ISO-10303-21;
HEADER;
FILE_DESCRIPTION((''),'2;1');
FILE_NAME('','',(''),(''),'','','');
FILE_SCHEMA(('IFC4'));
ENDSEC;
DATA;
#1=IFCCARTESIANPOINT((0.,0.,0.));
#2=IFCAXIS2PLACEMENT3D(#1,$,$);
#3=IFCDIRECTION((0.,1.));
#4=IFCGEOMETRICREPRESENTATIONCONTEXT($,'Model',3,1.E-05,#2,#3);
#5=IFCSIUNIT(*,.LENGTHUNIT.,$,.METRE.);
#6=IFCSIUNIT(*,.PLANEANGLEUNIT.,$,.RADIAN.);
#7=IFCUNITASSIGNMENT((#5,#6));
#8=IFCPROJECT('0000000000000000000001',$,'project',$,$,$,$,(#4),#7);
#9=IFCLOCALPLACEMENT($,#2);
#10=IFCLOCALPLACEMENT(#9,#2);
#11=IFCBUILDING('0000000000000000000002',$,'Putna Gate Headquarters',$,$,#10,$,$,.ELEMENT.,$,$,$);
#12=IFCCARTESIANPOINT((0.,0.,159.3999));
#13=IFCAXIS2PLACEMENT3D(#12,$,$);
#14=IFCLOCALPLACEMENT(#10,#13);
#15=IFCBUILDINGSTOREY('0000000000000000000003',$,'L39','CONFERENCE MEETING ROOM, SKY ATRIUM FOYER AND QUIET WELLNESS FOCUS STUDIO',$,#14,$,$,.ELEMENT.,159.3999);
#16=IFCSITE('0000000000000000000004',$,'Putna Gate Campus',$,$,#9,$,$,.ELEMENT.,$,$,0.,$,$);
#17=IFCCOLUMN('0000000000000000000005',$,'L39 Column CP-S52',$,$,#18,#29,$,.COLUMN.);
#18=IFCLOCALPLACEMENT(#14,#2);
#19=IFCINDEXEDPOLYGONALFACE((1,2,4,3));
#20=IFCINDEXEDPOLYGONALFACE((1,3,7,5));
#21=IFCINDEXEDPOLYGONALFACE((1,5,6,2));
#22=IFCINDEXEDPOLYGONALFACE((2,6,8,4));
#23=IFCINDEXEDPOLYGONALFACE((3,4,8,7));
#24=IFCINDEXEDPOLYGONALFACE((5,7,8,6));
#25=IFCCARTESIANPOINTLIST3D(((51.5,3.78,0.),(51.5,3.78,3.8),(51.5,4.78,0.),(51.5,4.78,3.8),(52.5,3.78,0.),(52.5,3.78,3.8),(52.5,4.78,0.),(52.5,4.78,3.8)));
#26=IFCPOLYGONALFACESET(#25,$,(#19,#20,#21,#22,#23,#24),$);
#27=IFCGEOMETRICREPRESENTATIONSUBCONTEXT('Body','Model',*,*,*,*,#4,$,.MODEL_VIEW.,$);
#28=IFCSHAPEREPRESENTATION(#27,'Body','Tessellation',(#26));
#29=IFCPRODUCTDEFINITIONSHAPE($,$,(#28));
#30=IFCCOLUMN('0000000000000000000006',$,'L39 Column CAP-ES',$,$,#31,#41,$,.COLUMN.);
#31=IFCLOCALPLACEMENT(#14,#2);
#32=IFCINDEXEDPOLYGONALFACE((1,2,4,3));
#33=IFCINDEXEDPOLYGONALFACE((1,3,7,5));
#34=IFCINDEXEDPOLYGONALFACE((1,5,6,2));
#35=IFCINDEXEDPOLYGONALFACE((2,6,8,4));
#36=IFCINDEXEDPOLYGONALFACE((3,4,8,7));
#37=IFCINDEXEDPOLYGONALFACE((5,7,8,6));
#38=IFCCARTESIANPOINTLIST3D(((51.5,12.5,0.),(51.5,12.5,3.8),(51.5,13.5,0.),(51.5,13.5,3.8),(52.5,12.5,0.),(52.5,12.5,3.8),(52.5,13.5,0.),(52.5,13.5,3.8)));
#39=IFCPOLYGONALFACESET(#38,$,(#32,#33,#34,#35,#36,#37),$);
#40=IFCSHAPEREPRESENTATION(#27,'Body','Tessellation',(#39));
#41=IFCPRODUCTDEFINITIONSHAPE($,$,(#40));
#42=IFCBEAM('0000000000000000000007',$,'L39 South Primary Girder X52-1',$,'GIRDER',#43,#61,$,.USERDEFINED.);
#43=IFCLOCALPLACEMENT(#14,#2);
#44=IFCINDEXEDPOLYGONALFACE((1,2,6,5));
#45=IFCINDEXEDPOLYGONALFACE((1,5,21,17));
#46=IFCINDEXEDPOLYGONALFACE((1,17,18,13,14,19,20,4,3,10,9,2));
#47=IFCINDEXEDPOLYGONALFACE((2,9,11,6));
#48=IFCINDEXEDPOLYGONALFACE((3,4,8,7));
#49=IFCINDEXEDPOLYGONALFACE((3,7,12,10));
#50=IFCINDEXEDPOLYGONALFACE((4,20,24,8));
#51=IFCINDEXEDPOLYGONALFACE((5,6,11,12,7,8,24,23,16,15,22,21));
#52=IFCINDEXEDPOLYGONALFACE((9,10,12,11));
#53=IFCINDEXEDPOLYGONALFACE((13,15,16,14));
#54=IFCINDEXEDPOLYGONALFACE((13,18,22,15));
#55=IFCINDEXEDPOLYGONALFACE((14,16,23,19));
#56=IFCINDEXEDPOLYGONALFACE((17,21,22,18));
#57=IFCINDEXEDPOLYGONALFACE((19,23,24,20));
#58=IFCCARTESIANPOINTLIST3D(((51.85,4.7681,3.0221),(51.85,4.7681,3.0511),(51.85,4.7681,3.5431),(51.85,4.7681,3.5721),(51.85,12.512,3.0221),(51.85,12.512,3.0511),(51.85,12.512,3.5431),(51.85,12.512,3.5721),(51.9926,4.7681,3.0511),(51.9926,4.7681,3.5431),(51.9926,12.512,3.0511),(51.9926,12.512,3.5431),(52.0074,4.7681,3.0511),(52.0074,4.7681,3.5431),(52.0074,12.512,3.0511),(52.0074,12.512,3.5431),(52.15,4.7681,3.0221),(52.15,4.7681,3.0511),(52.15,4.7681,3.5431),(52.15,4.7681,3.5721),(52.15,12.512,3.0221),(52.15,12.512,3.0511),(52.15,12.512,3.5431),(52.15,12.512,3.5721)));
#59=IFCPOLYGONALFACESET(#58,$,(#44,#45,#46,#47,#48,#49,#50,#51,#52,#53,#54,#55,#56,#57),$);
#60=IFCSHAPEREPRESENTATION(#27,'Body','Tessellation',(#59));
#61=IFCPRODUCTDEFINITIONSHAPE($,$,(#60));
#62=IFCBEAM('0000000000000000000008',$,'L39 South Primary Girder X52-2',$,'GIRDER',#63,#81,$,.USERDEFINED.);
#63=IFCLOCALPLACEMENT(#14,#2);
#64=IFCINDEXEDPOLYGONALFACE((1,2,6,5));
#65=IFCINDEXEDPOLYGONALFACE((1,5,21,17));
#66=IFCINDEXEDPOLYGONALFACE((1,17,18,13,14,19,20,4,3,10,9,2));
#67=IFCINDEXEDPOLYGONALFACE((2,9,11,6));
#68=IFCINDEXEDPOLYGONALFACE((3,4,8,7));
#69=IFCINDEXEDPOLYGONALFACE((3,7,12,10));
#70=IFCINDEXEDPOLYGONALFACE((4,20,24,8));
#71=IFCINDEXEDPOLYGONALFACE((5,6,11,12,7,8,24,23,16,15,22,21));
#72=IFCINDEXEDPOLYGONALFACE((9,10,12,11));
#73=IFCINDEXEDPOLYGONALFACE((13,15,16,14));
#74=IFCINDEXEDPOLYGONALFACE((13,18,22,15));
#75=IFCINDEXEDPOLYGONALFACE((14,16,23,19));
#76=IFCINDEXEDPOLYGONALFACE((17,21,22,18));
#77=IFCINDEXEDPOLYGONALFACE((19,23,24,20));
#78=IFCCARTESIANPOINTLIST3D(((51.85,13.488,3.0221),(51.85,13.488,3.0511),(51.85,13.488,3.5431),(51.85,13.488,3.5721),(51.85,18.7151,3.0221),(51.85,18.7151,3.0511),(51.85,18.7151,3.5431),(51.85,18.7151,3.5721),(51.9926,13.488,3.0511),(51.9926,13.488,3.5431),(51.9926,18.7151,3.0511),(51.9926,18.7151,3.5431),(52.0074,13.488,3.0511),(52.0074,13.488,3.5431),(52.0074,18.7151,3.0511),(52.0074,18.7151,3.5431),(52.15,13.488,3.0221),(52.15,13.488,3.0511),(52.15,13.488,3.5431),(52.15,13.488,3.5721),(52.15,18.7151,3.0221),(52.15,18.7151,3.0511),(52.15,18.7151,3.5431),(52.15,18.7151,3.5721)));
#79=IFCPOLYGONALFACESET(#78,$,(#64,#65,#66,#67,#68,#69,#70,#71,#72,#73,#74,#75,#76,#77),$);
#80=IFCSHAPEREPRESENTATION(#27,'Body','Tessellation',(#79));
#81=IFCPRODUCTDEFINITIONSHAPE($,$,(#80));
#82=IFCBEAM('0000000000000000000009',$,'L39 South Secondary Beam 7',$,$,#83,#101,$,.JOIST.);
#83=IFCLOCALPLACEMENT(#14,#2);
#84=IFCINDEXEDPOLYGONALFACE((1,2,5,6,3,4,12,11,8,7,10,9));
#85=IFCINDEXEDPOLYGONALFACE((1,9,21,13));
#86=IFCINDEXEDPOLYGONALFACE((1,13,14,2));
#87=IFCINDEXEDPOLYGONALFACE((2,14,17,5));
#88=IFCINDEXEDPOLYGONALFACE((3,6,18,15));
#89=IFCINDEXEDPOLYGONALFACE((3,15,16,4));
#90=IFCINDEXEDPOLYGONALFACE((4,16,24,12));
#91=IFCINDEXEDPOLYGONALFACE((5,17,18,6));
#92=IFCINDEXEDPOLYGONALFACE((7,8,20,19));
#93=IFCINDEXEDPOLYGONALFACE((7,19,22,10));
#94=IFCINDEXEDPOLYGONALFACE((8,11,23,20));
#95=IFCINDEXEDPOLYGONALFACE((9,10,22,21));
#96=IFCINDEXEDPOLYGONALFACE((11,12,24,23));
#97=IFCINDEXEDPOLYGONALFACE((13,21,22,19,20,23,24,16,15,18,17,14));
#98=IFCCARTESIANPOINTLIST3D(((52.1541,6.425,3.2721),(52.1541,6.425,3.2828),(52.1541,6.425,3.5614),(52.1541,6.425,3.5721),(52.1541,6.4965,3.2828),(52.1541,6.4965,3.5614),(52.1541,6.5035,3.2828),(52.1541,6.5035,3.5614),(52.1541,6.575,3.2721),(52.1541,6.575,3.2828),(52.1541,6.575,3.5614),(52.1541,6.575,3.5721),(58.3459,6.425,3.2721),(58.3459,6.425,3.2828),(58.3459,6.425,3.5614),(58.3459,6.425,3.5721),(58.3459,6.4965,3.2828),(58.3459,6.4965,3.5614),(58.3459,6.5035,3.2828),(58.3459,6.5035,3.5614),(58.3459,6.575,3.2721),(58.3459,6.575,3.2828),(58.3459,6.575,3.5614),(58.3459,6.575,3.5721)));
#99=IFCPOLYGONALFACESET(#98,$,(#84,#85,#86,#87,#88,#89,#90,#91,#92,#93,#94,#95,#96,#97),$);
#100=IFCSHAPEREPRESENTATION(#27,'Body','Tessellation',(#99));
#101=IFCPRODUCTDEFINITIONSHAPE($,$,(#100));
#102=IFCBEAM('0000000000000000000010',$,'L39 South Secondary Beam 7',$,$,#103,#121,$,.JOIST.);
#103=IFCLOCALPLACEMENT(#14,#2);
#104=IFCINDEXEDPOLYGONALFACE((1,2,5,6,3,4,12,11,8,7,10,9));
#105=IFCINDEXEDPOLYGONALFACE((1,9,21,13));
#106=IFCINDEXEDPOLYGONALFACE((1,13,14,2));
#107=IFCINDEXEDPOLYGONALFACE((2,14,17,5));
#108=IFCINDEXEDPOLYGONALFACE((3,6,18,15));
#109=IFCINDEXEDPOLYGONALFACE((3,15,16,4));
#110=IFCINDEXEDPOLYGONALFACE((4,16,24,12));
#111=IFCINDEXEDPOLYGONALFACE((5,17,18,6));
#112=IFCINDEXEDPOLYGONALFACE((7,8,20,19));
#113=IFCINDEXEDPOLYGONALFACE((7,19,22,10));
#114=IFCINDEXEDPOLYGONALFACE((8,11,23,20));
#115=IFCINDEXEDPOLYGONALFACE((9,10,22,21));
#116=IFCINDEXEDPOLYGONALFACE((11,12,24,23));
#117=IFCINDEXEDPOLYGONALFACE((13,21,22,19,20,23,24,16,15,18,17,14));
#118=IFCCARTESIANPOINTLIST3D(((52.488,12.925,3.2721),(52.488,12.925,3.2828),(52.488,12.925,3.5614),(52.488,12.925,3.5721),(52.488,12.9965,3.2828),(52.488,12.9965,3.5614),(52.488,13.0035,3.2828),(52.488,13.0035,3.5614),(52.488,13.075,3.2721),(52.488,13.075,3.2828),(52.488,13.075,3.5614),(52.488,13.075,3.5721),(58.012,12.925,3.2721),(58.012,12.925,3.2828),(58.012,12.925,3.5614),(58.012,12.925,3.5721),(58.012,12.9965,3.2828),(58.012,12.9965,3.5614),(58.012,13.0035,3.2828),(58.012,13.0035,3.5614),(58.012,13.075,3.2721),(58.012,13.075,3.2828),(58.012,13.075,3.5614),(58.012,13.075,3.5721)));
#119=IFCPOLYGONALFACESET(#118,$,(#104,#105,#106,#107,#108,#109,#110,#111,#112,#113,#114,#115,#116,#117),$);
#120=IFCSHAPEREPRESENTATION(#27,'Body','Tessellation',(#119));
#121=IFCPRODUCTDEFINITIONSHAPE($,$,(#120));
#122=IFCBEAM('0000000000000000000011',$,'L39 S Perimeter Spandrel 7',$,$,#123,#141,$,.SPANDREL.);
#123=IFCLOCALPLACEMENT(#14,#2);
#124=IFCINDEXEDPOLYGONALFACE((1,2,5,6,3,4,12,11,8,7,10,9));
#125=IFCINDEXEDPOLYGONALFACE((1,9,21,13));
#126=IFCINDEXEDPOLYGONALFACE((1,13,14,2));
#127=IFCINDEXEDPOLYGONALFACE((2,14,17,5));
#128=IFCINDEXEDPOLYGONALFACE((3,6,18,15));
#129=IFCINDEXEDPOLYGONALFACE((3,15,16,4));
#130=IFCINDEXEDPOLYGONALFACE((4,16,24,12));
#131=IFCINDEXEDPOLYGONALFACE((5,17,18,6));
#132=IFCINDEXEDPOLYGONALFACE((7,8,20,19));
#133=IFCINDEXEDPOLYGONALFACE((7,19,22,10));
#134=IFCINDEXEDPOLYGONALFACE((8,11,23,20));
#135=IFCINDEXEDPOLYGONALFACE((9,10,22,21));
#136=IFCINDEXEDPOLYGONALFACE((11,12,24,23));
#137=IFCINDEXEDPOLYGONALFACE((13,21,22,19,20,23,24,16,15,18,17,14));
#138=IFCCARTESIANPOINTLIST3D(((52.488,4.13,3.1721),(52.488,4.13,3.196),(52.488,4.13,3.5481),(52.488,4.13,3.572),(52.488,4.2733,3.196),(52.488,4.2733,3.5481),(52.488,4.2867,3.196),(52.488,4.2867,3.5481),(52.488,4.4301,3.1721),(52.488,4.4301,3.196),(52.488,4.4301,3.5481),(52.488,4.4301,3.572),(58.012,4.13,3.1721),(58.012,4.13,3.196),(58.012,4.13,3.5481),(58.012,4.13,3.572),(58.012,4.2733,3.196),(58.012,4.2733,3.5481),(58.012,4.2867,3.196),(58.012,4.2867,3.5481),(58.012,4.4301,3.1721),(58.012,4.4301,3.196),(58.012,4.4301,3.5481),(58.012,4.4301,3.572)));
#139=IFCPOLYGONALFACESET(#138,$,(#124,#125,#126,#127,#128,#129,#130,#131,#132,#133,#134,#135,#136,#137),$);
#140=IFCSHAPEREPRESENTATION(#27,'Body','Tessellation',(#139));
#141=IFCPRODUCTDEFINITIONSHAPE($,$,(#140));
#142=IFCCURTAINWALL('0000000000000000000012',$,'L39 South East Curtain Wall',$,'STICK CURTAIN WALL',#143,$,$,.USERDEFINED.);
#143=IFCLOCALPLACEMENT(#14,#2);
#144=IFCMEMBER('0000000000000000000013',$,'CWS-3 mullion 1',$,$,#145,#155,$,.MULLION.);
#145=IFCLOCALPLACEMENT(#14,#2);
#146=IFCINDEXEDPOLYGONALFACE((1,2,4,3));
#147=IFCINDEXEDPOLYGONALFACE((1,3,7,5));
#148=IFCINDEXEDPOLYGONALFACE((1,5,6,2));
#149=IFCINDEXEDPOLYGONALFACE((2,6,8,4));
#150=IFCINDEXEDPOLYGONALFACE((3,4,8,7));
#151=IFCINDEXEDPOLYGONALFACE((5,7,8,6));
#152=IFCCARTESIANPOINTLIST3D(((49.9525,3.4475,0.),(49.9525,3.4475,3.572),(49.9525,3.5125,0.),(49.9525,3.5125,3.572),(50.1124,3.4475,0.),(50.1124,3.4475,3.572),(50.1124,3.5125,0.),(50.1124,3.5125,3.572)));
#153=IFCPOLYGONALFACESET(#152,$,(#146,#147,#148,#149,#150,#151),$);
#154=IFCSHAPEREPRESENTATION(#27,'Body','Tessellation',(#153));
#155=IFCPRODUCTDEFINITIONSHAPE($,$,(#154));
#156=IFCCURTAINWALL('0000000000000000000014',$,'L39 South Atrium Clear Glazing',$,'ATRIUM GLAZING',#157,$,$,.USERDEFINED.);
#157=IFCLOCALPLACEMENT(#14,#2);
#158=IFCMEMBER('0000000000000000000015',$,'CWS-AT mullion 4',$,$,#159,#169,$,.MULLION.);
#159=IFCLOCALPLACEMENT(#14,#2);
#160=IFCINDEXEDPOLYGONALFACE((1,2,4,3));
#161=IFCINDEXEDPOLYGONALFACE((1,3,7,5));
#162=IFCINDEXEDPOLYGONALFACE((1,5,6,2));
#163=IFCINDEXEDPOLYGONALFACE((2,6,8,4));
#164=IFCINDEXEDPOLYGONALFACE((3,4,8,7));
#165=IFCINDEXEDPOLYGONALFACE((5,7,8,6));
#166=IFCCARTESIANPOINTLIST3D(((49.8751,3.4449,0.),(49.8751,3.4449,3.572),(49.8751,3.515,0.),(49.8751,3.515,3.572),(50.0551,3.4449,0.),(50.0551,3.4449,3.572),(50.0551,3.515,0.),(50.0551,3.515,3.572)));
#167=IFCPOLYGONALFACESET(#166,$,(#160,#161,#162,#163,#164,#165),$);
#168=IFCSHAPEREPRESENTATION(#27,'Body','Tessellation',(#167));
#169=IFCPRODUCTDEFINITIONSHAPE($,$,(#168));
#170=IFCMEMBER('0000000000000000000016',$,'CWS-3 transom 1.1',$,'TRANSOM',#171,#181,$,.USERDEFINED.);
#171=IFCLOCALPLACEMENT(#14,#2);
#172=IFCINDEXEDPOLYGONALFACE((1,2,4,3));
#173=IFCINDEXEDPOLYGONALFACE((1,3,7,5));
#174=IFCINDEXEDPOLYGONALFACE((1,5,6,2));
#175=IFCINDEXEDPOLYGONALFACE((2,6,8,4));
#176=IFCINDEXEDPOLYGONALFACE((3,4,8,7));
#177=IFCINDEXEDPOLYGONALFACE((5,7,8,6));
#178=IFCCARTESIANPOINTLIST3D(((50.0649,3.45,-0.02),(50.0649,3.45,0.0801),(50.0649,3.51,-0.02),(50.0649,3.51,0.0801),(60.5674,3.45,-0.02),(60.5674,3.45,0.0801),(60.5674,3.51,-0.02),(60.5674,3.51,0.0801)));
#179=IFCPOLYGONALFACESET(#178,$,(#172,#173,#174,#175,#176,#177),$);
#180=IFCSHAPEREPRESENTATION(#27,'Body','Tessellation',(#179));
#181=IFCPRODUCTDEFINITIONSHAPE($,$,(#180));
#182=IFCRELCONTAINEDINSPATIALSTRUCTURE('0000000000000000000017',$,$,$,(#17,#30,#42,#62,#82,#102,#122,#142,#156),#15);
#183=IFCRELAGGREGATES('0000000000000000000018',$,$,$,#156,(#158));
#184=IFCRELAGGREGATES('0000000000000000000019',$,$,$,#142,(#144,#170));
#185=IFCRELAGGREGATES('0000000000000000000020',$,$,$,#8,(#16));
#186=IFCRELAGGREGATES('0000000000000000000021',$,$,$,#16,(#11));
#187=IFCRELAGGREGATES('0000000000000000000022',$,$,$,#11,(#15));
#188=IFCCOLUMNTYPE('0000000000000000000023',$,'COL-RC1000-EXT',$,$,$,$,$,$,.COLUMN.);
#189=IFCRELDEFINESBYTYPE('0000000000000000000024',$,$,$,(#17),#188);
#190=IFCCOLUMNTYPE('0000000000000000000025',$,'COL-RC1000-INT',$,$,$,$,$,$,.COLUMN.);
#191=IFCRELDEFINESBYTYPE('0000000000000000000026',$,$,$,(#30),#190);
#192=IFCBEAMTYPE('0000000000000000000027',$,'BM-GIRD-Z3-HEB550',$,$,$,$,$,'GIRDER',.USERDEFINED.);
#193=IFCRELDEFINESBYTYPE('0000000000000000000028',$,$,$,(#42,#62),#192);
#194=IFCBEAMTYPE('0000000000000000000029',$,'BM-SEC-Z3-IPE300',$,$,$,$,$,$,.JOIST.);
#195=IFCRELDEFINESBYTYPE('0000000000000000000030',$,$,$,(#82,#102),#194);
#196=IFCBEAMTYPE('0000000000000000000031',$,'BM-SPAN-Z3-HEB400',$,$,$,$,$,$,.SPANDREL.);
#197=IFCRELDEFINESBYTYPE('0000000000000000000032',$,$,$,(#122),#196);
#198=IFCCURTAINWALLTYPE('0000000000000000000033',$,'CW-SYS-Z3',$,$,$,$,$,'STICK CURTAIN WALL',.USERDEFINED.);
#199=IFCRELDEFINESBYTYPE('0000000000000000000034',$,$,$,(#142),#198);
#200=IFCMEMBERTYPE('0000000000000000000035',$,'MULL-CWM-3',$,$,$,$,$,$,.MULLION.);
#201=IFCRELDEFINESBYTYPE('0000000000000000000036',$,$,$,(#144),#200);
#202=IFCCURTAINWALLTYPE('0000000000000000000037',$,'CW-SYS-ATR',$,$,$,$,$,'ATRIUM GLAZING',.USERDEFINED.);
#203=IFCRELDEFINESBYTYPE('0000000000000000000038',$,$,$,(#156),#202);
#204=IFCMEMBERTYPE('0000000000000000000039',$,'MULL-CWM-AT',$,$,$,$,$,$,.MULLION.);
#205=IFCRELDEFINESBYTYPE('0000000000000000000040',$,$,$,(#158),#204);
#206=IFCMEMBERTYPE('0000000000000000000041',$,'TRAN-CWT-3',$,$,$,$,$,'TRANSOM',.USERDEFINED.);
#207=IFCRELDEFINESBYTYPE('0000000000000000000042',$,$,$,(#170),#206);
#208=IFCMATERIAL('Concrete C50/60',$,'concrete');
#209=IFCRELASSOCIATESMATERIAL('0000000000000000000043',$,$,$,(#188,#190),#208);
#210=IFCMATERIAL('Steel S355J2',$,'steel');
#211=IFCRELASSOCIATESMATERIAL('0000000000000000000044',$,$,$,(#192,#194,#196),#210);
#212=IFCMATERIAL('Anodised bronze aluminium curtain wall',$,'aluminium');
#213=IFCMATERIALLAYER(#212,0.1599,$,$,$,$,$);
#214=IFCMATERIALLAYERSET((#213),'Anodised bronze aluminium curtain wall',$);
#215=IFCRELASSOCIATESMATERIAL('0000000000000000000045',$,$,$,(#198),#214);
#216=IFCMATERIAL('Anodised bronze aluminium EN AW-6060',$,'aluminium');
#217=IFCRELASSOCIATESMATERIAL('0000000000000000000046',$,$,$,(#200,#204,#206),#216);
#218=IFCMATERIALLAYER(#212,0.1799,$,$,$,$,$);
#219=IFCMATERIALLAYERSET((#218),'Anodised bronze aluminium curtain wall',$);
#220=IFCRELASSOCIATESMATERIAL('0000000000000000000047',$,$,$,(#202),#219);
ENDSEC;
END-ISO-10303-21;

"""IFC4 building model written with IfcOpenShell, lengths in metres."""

from ifc_helpers import new_model, si_unit, direction, frame, origin, origin_2d, place, context, subcontext, project, spatial, rectangle, i_section, extrude, material, layer, layer_set, material_profile, profile_set, type_object, element, aggregate, save


model = new_model("IFC4")

# Units and contexts
model_context = context("Model", 3, precision=1e-05, world=origin(), true_north=direction((0.0, 1.0)))
body_context = subcontext(model_context, "Body", "Model", "MODEL_VIEW")
ifc_project = project(units=[si_unit("LENGTHUNIT", "METRE"), si_unit("PLANEANGLEUNIT", "RADIAN")], contexts=[model_context])

# Site, building, storey
site_placement = place(None, origin())
site = spatial("IfcSite", under=ifc_project, at=site_placement, Name="Putna Gate Campus", CompositionType="ELEMENT", RefElevation=0.0)
building_placement = place(site_placement, origin())
building = spatial("IfcBuilding", under=site, at=building_placement, Name="Putna Gate Headquarters", CompositionType="ELEMENT")
storey_placement = place(building_placement, frame((0.0, 0.0, 159.3999)))
storey = spatial("IfcBuildingStorey", under=building, at=storey_placement, Name="L39", Description="CONFERENCE MEETING ROOM, SKY ATRIUM FOYER AND QUIET WELLNESS FOCUS STUDIO", CompositionType="ELEMENT", Elevation=159.3999)

# Columns
ifc_material_1 = material(Name="Concrete C50/60", Category="concrete")
ifc_material_profile_1 = material_profile(ifc_material_1, rectangle(XDim=1.0, YDim=1.0, at=origin_2d()), Name="Concrete C50/60")
ifc_profile_set_1 = profile_set([ifc_material_profile_1], Name="Concrete C50/60")
column_type_1 = type_object("IfcColumnType", Name="COL-RC1000-EXT", PredefinedType="COLUMN", material=ifc_profile_set_1)
column_1_placement = place(storey_placement, frame((52.0, 4.28, 0.0), z_axis=(0.0, 0.0, 1.0), x_axis=(1.0, 0.0, 0.0)))
element("IfcColumn", 1, at=column_1_placement, inside=storey, type_object=column_type_1, Name="L39 Column CP-S52", PredefinedType="COLUMN", context=body_context, shape_type="SweptSolid", body=[
    extrude(rectangle(XDim=1.0, YDim=1.0, at=origin_2d()), origin(), (0.0, 0.0, 1.0), 3.8),
])
ifc_material_profile_2 = material_profile(ifc_material_1, rectangle(XDim=1.0, YDim=1.0, at=origin_2d()), Name="Concrete C50/60")
ifc_profile_set_2 = profile_set([ifc_material_profile_2], Name="Concrete C50/60")
column_type_2 = type_object("IfcColumnType", Name="COL-RC1000-INT", PredefinedType="COLUMN", material=ifc_profile_set_2)
column_2_placement = place(storey_placement, frame((52.0, 13.0, 0.0), z_axis=(0.0, 0.0, 1.0), x_axis=(1.0, 0.0, 0.0)))
element("IfcColumn", 2, at=column_2_placement, inside=storey, type_object=column_type_2, Name="L39 Column CAP-ES", PredefinedType="COLUMN", context=body_context, shape_type="SweptSolid", body=[
    extrude(rectangle(XDim=1.0, YDim=1.0, at=origin_2d()), origin(), (0.0, 0.0, 1.0), 3.8),
])

# Beams
ifc_material_2 = material(Name="Steel S355J2", Category="steel")
ifc_material_profile_3 = material_profile(ifc_material_2, i_section(OverallWidth=0.3, OverallDepth=0.55, WebThickness=0.0149, FlangeThickness=0.0291, at=origin_2d()), Name="Steel S355J2")
ifc_profile_set_3 = profile_set([ifc_material_profile_3], Name="Steel S355J2")
beam_type_1 = type_object("IfcBeamType", Name="BM-GIRD-Z3-HEB550", ElementType="GIRDER", PredefinedType="USERDEFINED", material=ifc_profile_set_3)
beam_1_placement = place(storey_placement, frame((52.0, 4.7681, 3.2971), z_axis=(0.0, 1.0, 0.0), x_axis=(-1.0, 0.0, 0.0)))
element("IfcBeam", 3, at=beam_1_placement, inside=storey, type_object=beam_type_1, Name="L39 South Primary Girder X52-1", ObjectType="GIRDER", PredefinedType="USERDEFINED", context=body_context, shape_type="SweptSolid", body=[
    extrude(i_section(OverallWidth=0.3, OverallDepth=0.55, WebThickness=0.0149, FlangeThickness=0.0291, at=origin_2d()), origin(), (0.0, 0.0, 1.0), 7.7439),
])
beam_2_placement = place(storey_placement, frame((52.0, 13.488, 3.2971), z_axis=(0.0, 1.0, 0.0), x_axis=(-1.0, 0.0, 0.0)))
element("IfcBeam", 4, at=beam_2_placement, inside=storey, type_object=beam_type_1, Name="L39 South Primary Girder X52-2", ObjectType="GIRDER", PredefinedType="USERDEFINED", context=body_context, shape_type="SweptSolid", body=[
    extrude(i_section(OverallWidth=0.3, OverallDepth=0.55, WebThickness=0.0149, FlangeThickness=0.0291, at=origin_2d()), origin(), (0.0, 0.0, 1.0), 5.2271),
])
ifc_material_profile_4 = material_profile(ifc_material_2, i_section(OverallWidth=0.1499, OverallDepth=0.3, WebThickness=0.0071, FlangeThickness=0.0107, at=origin_2d()), Name="Steel S355J2")
ifc_profile_set_4 = profile_set([ifc_material_profile_4], Name="Steel S355J2")
beam_type_2 = type_object("IfcBeamType", Name="BM-SEC-Z3-IPE300", PredefinedType="JOIST", material=ifc_profile_set_4)
beam_3_placement = place(storey_placement, frame((52.1541, 6.5, 3.4221), z_axis=(1.0, 0.0, 0.0), x_axis=(0.0, 1.0, 0.0)))
element("IfcBeam", 5, at=beam_3_placement, inside=storey, type_object=beam_type_2, Name="L39 South Secondary Beam 7", PredefinedType="JOIST", context=body_context, shape_type="SweptSolid", body=[
    extrude(i_section(OverallWidth=0.1499, OverallDepth=0.3, WebThickness=0.0071, FlangeThickness=0.0107, at=origin_2d()), origin(), (0.0, 0.0, 1.0), 6.1919),
])
beam_4_placement = place(storey_placement, frame((52.488, 13.0, 3.4221), z_axis=(1.0, 0.0, 0.0), x_axis=(0.0, 1.0, 0.0)))
element("IfcBeam", 6, at=beam_4_placement, inside=storey, type_object=beam_type_2, Name="L39 South Secondary Beam 7", PredefinedType="JOIST", context=body_context, shape_type="SweptSolid", body=[
    extrude(i_section(OverallWidth=0.1499, OverallDepth=0.3, WebThickness=0.0071, FlangeThickness=0.0107, at=origin_2d()), origin(), (0.0, 0.0, 1.0), 5.5239),
])
ifc_material_profile_5 = material_profile(ifc_material_2, i_section(OverallWidth=0.3, OverallDepth=0.3999, WebThickness=0.0134, FlangeThickness=0.0239, at=origin_2d()), Name="Steel S355J2")
ifc_profile_set_5 = profile_set([ifc_material_profile_5], Name="Steel S355J2")
beam_type_3 = type_object("IfcBeamType", Name="BM-SPAN-Z3-HEB400", PredefinedType="SPANDREL", material=ifc_profile_set_5)
beam_5_placement = place(storey_placement, frame((52.488, 4.28, 3.3721), z_axis=(1.0, 0.0, 0.0), x_axis=(0.0, 1.0, 0.0)))
element("IfcBeam", 7, at=beam_5_placement, inside=storey, type_object=beam_type_3, Name="L39 S Perimeter Spandrel 7", PredefinedType="SPANDREL", context=body_context, shape_type="SweptSolid", body=[
    extrude(i_section(OverallWidth=0.3, OverallDepth=0.3999, WebThickness=0.0134, FlangeThickness=0.0239, at=origin_2d()), origin(), (0.0, 0.0, 1.0), 5.5239),
])

# Curtain walls, members
ifc_material_3 = material(Name="Anodised bronze aluminium curtain wall", Category="aluminium")
ifc_layer_1 = layer(ifc_material_3, 0.1599)
ifc_layer_set_1 = layer_set([ifc_layer_1], Name="Anodised bronze aluminium curtain wall")
curtain_wall_type_1 = type_object("IfcCurtainWallType", Name="CW-SYS-Z3", ElementType="STICK CURTAIN WALL", PredefinedType="USERDEFINED", material=ifc_layer_set_1)
curtain_wall_1_placement = place(storey_placement, origin())
curtain_wall_1 = element("IfcCurtainWall", 8, at=curtain_wall_1_placement, inside=storey, type_object=curtain_wall_type_1, Name="L39 South East Curtain Wall", ObjectType="STICK CURTAIN WALL", PredefinedType="USERDEFINED")
ifc_material_4 = material(Name="Anodised bronze aluminium EN AW-6060", Category="aluminium")
ifc_material_profile_6 = material_profile(ifc_material_4, rectangle(XDim=0.0649, YDim=0.1599, at=origin_2d()), Name="Anodised bronze aluminium EN AW-6060")
ifc_profile_set_6 = profile_set([ifc_material_profile_6], Name="Anodised bronze aluminium EN AW-6060")
member_type_1 = type_object("IfcMemberType", Name="MULL-CWM-3", PredefinedType="MULLION", material=ifc_profile_set_6)
member_1_placement = place(storey_placement, frame((50.0325, 3.48, 0.0), z_axis=(0.0, 0.0, 1.0), x_axis=(0.0, 1.0, 0.0)))
member_1 = element("IfcMember", 9, at=member_1_placement, type_object=member_type_1, Name="CWS-3 mullion 1", PredefinedType="MULLION", context=body_context, shape_type="SweptSolid", body=[
    extrude(rectangle(XDim=0.0649, YDim=0.1599, at=origin_2d()), origin(), (0.0, 0.0, 1.0), 3.572),
])
ifc_layer_2 = layer(ifc_material_3, 0.1799)
ifc_layer_set_2 = layer_set([ifc_layer_2], Name="Anodised bronze aluminium curtain wall")
curtain_wall_type_2 = type_object("IfcCurtainWallType", Name="CW-SYS-ATR", ElementType="ATRIUM GLAZING", PredefinedType="USERDEFINED", material=ifc_layer_set_2)
curtain_wall_2_placement = place(storey_placement, origin())
curtain_wall_2 = element("IfcCurtainWall", 10, at=curtain_wall_2_placement, inside=storey, type_object=curtain_wall_type_2, Name="L39 South Atrium Clear Glazing", ObjectType="ATRIUM GLAZING", PredefinedType="USERDEFINED")
ifc_material_profile_7 = material_profile(ifc_material_4, rectangle(XDim=0.0701, YDim=0.1799, at=origin_2d()), Name="Anodised bronze aluminium EN AW-6060")
ifc_profile_set_7 = profile_set([ifc_material_profile_7], Name="Anodised bronze aluminium EN AW-6060")
member_type_2 = type_object("IfcMemberType", Name="MULL-CWM-AT", PredefinedType="MULLION", material=ifc_profile_set_7)
member_2_placement = place(storey_placement, frame((49.9651, 3.48, 0.0), z_axis=(0.0, 0.0, 1.0), x_axis=(0.0, 1.0, 0.0)))
member_2 = element("IfcMember", 11, at=member_2_placement, type_object=member_type_2, Name="CWS-AT mullion 4", PredefinedType="MULLION", context=body_context, shape_type="SweptSolid", body=[
    extrude(rectangle(XDim=0.0701, YDim=0.1799, at=origin_2d()), origin(), (0.0, 0.0, 1.0), 3.572),
])
aggregate(curtain_wall_2, [member_2])

# Member
ifc_material_profile_8 = material_profile(ifc_material_4, rectangle(XDim=0.0601, YDim=0.1001, at=origin_2d()), Name="Anodised bronze aluminium EN AW-6060")
ifc_profile_set_8 = profile_set([ifc_material_profile_8], Name="Anodised bronze aluminium EN AW-6060")
member_type_3 = type_object("IfcMemberType", Name="TRAN-CWT-3", ElementType="TRANSOM", PredefinedType="USERDEFINED", material=ifc_profile_set_8)
member_3_placement = place(storey_placement, frame((50.0649, 3.48, 0.03), z_axis=(1.0, 0.0, 0.0), x_axis=(0.0, 1.0, 0.0)))
member_3 = element("IfcMember", 12, at=member_3_placement, type_object=member_type_3, Name="CWS-3 transom 1.1", ObjectType="TRANSOM", PredefinedType="USERDEFINED", context=body_context, shape_type="SweptSolid", body=[
    extrude(rectangle(XDim=0.0601, YDim=0.1001, at=origin_2d()), origin(), (0.0, 0.0, 1.0), 10.5024),
])

aggregate(curtain_wall_1, [member_1, member_3])

save(model, "model.ifc")
